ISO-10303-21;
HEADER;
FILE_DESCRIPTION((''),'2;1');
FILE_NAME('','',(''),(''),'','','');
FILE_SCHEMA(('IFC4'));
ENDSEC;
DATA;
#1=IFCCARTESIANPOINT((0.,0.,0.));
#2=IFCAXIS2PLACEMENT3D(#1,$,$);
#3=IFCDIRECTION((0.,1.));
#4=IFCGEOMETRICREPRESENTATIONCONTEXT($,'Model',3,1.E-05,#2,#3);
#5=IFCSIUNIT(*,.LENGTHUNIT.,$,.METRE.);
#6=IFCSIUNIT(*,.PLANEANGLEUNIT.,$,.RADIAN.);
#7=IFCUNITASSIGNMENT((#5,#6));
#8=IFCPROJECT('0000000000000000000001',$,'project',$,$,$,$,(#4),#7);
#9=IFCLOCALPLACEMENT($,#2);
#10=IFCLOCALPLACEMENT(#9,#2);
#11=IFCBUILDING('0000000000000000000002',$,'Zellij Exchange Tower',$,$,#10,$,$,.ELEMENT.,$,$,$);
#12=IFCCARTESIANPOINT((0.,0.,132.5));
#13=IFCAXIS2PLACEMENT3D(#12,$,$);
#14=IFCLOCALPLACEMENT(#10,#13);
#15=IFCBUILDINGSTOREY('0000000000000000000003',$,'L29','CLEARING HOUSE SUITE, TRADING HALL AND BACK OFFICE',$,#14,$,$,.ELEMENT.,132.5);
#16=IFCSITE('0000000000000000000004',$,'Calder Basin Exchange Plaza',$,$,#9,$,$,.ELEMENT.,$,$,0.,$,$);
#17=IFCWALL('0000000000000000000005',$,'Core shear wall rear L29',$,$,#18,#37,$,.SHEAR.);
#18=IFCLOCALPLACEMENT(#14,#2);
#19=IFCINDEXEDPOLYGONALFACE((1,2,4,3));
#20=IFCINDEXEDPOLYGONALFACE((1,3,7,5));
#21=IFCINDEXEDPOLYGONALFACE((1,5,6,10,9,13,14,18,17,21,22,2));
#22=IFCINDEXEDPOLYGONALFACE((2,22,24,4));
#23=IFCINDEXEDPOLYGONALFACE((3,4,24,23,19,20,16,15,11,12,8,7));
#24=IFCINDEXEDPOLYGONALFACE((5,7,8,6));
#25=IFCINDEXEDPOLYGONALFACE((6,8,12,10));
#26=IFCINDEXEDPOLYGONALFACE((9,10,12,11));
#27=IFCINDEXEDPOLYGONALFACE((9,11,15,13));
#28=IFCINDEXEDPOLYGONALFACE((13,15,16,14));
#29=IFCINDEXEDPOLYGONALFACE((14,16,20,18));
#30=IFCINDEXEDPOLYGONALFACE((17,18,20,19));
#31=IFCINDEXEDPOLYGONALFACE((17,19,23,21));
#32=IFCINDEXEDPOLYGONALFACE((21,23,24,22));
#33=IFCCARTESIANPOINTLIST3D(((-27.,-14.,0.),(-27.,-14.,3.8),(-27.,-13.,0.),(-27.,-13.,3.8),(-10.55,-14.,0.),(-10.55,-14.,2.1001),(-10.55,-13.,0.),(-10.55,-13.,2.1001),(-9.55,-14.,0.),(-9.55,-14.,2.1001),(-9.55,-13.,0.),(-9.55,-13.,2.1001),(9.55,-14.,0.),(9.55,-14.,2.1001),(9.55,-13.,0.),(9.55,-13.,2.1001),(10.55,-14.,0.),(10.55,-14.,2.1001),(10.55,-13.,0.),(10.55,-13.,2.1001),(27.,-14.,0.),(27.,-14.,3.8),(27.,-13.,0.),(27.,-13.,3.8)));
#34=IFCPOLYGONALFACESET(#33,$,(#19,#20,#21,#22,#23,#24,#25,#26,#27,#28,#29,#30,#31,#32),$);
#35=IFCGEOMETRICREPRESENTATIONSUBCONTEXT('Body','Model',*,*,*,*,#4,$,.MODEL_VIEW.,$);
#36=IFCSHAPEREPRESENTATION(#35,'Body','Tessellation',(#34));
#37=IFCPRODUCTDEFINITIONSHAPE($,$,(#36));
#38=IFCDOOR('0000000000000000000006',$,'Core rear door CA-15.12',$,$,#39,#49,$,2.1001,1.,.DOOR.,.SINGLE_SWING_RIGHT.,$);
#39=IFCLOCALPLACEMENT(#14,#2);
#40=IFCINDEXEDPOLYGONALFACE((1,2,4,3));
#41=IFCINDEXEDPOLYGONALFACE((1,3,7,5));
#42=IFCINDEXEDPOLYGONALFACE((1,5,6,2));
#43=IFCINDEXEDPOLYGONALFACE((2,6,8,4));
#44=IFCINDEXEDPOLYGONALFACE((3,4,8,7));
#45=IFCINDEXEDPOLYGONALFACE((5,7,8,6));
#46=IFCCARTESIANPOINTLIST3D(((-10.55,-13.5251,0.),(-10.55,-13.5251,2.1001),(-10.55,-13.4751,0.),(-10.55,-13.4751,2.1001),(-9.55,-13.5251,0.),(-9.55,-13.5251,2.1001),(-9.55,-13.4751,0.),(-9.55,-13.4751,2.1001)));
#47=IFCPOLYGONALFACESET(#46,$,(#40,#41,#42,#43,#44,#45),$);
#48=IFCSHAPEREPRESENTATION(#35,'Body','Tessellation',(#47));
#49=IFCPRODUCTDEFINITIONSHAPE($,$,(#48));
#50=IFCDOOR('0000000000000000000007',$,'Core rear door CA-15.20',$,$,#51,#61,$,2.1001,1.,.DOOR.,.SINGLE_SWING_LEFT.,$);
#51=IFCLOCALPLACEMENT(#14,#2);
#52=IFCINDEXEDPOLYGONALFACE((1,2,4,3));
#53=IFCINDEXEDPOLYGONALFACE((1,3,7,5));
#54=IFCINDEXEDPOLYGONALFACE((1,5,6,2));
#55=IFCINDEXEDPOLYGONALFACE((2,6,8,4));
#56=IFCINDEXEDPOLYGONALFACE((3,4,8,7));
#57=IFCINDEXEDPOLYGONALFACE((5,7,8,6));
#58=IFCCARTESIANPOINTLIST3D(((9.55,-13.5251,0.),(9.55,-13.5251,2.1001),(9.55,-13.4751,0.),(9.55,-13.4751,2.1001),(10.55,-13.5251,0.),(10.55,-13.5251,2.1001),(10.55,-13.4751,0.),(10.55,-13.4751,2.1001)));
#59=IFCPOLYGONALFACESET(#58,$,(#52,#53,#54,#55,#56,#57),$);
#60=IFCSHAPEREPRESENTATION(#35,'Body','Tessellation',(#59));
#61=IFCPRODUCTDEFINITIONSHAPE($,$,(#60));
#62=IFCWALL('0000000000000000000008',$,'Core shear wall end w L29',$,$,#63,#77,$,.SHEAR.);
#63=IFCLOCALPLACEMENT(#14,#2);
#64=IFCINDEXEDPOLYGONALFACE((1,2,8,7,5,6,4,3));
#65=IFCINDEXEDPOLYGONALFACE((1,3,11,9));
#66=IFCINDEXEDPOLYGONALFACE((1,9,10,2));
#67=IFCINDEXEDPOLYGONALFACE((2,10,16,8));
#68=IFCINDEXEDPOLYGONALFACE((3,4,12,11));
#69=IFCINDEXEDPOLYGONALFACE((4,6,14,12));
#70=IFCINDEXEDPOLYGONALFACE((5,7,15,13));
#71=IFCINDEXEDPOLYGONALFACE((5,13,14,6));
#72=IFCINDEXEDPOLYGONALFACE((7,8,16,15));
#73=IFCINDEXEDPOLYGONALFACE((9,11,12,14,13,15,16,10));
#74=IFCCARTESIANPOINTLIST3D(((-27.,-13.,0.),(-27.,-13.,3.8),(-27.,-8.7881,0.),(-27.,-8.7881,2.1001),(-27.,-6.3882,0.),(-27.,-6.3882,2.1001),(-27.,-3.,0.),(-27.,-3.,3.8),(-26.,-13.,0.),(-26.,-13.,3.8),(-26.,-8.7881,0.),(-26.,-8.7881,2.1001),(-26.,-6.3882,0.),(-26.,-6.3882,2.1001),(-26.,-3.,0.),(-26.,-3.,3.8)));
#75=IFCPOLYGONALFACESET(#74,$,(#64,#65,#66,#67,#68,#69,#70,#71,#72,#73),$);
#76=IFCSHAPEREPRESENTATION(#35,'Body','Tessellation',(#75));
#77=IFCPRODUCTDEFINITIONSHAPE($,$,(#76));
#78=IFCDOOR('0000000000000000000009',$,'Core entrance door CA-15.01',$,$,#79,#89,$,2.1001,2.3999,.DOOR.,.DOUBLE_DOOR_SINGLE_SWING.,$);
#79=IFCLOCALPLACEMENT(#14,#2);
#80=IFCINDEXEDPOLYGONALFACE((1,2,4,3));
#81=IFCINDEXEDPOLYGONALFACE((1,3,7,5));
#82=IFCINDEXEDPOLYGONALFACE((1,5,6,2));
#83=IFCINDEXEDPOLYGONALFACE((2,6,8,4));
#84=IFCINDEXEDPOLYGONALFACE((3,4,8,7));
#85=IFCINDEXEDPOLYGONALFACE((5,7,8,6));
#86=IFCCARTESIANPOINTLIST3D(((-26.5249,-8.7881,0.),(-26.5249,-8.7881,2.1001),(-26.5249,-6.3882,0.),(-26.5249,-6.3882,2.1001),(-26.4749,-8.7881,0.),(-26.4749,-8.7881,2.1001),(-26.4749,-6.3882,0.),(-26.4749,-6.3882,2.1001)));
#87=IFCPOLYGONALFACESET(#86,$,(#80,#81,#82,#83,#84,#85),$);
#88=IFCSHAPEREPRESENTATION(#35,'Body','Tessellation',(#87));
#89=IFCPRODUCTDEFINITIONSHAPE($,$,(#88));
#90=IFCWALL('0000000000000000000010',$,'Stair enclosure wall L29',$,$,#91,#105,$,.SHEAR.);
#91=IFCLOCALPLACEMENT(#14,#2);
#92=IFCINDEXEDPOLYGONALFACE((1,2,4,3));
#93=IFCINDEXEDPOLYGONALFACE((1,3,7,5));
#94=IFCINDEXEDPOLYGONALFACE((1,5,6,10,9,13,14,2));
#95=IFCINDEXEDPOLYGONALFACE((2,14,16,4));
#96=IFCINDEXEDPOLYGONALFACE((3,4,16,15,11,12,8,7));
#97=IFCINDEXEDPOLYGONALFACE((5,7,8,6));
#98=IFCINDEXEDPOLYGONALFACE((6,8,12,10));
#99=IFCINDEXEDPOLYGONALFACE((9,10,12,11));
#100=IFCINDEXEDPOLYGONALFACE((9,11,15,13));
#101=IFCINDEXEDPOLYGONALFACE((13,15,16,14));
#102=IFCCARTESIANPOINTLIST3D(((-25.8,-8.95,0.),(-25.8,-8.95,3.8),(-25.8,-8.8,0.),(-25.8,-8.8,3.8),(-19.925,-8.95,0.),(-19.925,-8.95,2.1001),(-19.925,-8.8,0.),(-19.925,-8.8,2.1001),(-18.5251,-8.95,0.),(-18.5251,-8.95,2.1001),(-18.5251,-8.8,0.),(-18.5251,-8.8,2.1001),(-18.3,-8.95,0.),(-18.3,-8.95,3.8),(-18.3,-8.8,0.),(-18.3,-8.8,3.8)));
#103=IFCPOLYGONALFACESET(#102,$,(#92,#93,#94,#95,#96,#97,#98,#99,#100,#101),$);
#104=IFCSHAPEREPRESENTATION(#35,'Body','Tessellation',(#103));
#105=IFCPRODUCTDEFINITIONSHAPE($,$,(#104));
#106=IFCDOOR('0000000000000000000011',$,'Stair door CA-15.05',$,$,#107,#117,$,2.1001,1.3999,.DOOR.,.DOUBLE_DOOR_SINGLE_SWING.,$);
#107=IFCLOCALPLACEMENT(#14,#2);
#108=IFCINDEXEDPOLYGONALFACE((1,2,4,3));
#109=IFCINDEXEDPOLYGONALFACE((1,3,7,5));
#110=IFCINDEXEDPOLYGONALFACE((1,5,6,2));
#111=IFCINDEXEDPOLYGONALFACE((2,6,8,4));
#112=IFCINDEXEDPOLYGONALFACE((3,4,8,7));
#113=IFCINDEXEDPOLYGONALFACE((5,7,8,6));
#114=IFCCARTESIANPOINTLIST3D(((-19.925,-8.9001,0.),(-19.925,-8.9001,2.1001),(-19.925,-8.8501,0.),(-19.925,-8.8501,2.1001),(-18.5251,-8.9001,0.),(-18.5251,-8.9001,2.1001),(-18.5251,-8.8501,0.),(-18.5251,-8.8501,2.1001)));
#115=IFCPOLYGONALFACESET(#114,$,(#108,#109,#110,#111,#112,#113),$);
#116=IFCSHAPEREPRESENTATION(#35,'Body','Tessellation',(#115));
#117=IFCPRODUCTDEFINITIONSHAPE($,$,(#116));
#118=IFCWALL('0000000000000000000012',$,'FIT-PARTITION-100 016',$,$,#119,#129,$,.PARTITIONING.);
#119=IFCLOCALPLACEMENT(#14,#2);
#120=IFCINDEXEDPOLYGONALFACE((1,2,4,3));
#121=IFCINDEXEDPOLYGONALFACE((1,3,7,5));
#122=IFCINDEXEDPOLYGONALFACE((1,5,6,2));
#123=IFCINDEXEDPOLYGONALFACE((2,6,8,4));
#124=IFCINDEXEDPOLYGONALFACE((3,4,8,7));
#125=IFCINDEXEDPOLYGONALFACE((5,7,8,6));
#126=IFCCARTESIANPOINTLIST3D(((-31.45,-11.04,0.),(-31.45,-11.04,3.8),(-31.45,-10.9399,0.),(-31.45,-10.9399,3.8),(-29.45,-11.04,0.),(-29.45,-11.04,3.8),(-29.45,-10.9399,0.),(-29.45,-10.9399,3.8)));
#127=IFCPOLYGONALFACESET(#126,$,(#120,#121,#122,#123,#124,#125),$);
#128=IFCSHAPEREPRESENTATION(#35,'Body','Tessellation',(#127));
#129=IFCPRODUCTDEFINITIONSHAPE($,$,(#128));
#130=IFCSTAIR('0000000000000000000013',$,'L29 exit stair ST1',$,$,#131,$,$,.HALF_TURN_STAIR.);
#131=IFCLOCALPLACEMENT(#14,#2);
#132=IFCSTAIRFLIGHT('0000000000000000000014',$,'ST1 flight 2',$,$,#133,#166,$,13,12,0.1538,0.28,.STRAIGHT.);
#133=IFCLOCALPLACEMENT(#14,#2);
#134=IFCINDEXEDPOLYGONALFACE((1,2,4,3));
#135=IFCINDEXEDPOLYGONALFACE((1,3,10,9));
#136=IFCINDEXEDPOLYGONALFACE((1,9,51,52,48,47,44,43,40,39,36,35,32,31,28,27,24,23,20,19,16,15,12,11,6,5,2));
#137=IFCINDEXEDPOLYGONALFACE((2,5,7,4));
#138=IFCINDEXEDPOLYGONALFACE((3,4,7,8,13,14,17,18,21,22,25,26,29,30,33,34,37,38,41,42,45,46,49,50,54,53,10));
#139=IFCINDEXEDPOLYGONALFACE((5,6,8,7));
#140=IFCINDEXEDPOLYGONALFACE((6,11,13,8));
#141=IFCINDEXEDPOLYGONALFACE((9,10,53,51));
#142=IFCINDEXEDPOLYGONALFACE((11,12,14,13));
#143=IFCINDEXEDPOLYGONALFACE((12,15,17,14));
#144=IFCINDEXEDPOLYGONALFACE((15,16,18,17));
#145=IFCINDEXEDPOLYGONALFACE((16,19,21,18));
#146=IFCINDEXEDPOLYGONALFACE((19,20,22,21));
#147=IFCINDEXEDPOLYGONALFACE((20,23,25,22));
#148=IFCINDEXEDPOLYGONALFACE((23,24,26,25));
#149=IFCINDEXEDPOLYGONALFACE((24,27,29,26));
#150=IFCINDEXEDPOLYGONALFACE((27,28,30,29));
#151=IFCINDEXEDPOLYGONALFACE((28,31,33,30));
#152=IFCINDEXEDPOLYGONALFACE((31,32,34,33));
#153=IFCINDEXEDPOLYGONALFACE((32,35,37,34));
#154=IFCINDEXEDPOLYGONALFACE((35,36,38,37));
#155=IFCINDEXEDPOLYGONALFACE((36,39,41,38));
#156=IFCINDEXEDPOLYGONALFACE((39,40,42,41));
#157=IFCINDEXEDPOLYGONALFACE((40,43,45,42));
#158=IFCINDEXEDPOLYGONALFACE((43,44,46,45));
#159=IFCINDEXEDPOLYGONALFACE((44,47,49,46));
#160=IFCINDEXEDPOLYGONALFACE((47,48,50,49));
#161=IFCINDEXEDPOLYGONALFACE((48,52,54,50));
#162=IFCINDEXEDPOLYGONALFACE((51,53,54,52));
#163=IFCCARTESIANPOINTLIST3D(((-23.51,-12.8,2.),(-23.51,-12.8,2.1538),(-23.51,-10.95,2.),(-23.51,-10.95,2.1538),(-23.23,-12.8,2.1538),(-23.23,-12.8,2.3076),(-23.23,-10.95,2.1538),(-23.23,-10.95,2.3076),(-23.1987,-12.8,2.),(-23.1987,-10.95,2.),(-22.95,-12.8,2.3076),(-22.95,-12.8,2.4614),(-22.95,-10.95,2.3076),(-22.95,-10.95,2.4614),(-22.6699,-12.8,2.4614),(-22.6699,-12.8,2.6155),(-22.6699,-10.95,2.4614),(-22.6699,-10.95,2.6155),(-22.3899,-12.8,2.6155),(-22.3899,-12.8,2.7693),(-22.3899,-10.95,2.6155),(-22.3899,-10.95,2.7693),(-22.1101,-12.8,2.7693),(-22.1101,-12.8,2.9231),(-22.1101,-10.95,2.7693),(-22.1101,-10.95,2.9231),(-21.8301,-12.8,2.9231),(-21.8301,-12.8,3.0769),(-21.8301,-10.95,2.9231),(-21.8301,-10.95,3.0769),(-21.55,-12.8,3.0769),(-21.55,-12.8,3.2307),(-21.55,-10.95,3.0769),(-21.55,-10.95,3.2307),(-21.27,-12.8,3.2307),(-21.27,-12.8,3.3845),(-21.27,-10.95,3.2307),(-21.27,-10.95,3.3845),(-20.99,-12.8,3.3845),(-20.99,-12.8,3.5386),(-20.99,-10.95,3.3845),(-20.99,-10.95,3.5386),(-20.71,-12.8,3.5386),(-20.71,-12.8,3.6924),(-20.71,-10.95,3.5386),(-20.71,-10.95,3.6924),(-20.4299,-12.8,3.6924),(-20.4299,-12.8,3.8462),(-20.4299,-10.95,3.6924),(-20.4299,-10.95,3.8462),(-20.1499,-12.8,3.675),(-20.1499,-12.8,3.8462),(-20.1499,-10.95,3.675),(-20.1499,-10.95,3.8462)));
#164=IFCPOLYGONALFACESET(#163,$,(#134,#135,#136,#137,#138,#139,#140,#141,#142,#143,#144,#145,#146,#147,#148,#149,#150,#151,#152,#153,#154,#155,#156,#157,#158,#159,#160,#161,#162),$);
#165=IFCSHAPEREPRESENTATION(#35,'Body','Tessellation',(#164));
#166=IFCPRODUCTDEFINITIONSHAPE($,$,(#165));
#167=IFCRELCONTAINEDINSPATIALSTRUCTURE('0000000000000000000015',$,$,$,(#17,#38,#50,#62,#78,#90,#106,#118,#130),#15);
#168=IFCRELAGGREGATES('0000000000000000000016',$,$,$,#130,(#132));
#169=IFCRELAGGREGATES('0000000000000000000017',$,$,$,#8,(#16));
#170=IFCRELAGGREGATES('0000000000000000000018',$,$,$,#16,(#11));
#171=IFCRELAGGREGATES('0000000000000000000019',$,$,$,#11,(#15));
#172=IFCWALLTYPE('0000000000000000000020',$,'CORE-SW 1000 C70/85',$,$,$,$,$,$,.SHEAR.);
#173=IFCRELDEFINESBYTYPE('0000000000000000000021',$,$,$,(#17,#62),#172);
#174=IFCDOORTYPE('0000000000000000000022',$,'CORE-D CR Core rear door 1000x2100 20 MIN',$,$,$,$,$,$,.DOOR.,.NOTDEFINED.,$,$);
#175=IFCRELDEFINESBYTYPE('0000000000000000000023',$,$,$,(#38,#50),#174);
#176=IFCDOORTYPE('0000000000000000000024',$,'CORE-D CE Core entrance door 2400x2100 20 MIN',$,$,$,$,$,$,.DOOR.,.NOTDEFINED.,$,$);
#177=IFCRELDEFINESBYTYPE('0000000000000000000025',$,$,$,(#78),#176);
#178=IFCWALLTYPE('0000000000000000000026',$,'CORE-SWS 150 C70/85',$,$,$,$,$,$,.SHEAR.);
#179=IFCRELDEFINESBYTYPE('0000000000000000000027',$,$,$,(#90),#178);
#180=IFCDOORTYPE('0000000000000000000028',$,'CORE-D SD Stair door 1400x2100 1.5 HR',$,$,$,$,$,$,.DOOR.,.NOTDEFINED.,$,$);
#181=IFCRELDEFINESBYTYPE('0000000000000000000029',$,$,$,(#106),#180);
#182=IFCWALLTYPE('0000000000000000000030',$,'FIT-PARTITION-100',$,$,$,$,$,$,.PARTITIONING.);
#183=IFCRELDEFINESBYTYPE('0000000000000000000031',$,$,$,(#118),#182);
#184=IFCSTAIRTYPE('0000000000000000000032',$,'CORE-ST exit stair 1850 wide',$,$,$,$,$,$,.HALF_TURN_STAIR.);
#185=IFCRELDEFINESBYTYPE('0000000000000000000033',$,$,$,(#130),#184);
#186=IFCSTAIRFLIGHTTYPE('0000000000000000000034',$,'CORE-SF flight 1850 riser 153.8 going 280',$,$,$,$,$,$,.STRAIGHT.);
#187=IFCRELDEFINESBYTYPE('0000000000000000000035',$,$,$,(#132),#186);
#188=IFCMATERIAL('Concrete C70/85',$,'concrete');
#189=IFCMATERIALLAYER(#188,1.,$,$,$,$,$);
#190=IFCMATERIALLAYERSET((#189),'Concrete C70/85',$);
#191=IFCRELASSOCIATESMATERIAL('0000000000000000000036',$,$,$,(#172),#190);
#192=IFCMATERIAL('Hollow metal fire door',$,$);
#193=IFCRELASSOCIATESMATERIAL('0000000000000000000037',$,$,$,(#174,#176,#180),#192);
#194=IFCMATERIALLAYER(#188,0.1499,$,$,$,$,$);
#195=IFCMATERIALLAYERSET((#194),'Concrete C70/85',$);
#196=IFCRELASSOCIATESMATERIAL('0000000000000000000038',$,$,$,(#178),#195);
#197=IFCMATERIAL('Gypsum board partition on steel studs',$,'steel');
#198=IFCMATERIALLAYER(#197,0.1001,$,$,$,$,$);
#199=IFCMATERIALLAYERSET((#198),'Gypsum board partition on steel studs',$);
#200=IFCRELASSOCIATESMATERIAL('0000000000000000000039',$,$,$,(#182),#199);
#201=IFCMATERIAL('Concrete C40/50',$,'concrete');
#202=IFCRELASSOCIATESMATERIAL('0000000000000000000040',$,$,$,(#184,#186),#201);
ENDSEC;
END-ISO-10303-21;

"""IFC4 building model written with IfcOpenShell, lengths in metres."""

from ifc_helpers import new_model, si_unit, direction, frame, frame_2d, origin, place, context, subcontext, project, spatial, polyline, rectangle, outline, extrude, material, layer, layer_set, type_object, element, fill, aggregate, save


model = new_model("IFC4")

# Units and contexts
model_context = context("Model", 3, precision=1e-05, world=origin(), true_north=direction((0.0, 1.0)))
body_context = subcontext(model_context, "Body", "Model", "MODEL_VIEW")
ifc_project = project(units=[si_unit("LENGTHUNIT", "METRE"), si_unit("PLANEANGLEUNIT", "RADIAN")], contexts=[model_context])

# Site, building, storey
site_placement = place(None, origin())
site = spatial("IfcSite", under=ifc_project, at=site_placement, Name="Calder Basin Exchange Plaza", CompositionType="ELEMENT", RefElevation=0.0)
building_placement = place(site_placement, origin())
building = spatial("IfcBuilding", under=site, at=building_placement, Name="Zellij Exchange Tower", CompositionType="ELEMENT")
storey_placement = place(building_placement, frame((0.0, 0.0, 132.5)))
storey = spatial("IfcBuildingStorey", under=building, at=storey_placement, Name="L29", Description="CLEARING HOUSE SUITE, TRADING HALL AND BACK OFFICE", CompositionType="ELEMENT", Elevation=132.5)

# Wall, openings, doors
ifc_material_1 = material(Name="Hollow metal fire door")
ifc_material_2 = material(Name="Concrete C70/85", Category="concrete")
ifc_layer_1 = layer(ifc_material_2, 1.0)
ifc_layer_set_1 = layer_set([ifc_layer_1], Name="Concrete C70/85")
wall_type_1 = type_object("IfcWallType", Name="CORE-SW 1000 C70/85", PredefinedType="SHEAR", material=ifc_layer_set_1)
wall_1_placement = place(storey_placement, frame((-27.0, -13.5, 0.0), z_axis=(0.0, 0.0, 1.0), x_axis=(1.0, 0.0, 0.0)))
wall_1 = element("IfcWall", 1, at=wall_1_placement, inside=storey, type_object=wall_type_1, Name="Core shear wall rear L29", PredefinedType="SHEAR", context=body_context, shape_type="SweptSolid", body=[
    extrude(rectangle(XDim=54.0, YDim=1.0, at=frame_2d((27.0, 0.0))), origin(), (0.0, 0.0, 1.0), 3.8),
])
opening_1_placement = place(wall_1_placement, frame((16.45, 0.0, 0.0)))
opening_1 = element("IfcOpeningElement", 2, at=opening_1_placement, cuts=wall_1, PredefinedType="OPENING", context=body_context, shape_type="SweptSolid", body=[
    extrude(rectangle(XDim=1.0, YDim=2.1001, at=frame_2d((0.5, 1.05))), frame((0.0, 0.512, 0.0), z_axis=(0.0, -1.0, 0.0), x_axis=(1.0, 0.0, 0.0)), (0.0, 0.0, 1.0), 1.0239),
])
opening_2_placement = place(wall_1_placement, frame((36.55, 0.0, 0.0)))
opening_2 = element("IfcOpeningElement", 3, at=opening_2_placement, cuts=wall_1, PredefinedType="OPENING", context=body_context, shape_type="SweptSolid", body=[
    extrude(rectangle(XDim=1.0, YDim=2.1001, at=frame_2d((0.5, 1.05))), frame((0.0, 0.512, 0.0), z_axis=(0.0, -1.0, 0.0), x_axis=(1.0, 0.0, 0.0)), (0.0, 0.0, 1.0), 1.0239),
])
door_type_1 = type_object("IfcDoorType", Name="CORE-D CR Core rear door 1000x2100 20 MIN", OperationType="NOTDEFINED", PredefinedType="DOOR", material=ifc_material_1)
door_1_placement = place(opening_1_placement, origin())
door_1 = element("IfcDoor", 4, at=door_1_placement, inside=storey, type_object=door_type_1, Name="Core rear door CA-15.12", OperationType="SINGLE_SWING_RIGHT", OverallHeight=2.1001, OverallWidth=1.0, PredefinedType="DOOR", context=body_context, shape_type="SweptSolid", body=[
    extrude(rectangle(XDim=1.0, YDim=2.1001, at=frame_2d((0.5, 1.05))), frame((0.0, 0.0249, 0.0), z_axis=(0.0, -1.0, 0.0), x_axis=(1.0, 0.0, 0.0)), (0.0, 0.0, 1.0), 0.05),
])
fill(opening_1, door_1)
door_2_placement = place(opening_2_placement, origin())
door_2 = element("IfcDoor", 5, at=door_2_placement, inside=storey, type_object=door_type_1, Name="Core rear door CA-15.20", OperationType="SINGLE_SWING_LEFT", OverallHeight=2.1001, OverallWidth=1.0, PredefinedType="DOOR", context=body_context, shape_type="SweptSolid", body=[
    extrude(rectangle(XDim=1.0, YDim=2.1001, at=frame_2d((0.5, 1.05))), frame((0.0, 0.0249, 0.0), z_axis=(0.0, -1.0, 0.0), x_axis=(1.0, 0.0, 0.0)), (0.0, 0.0, 1.0), 0.05),
])
fill(opening_2, door_2)

# Walls, openings, doors
wall_2_placement = place(storey_placement, frame((-26.5, -13.0, 0.0), z_axis=(0.0, 0.0, 1.0), x_axis=(0.0, 1.0, 0.0)))
wall_2 = element("IfcWall", 6, at=wall_2_placement, inside=storey, type_object=wall_type_1, Name="Core shear wall end w L29", PredefinedType="SHEAR", context=body_context, shape_type="SweptSolid", body=[
    extrude(rectangle(XDim=10.0, YDim=1.0, at=frame_2d((5.0, 0.0))), origin(), (0.0, 0.0, 1.0), 3.8),
])
opening_3_placement = place(wall_2_placement, frame((4.2119, 0.0, 0.0)))
opening_3 = element("IfcOpeningElement", 7, at=opening_3_placement, cuts=wall_2, PredefinedType="OPENING", context=body_context, shape_type="SweptSolid", body=[
    extrude(rectangle(XDim=2.3999, YDim=2.1001, at=frame_2d((1.2, 1.05))), frame((0.0, 0.512, 0.0), z_axis=(0.0, -1.0, 0.0), x_axis=(1.0, 0.0, 0.0)), (0.0, 0.0, 1.0), 1.0239),
])
door_type_2 = type_object("IfcDoorType", Name="CORE-D CE Core entrance door 2400x2100 20 MIN", OperationType="NOTDEFINED", PredefinedType="DOOR", material=ifc_material_1)
door_3_placement = place(opening_3_placement, origin())
door_3 = element("IfcDoor", 8, at=door_3_placement, inside=storey, type_object=door_type_2, Name="Core entrance door CA-15.01", OperationType="DOUBLE_DOOR_SINGLE_SWING", OverallHeight=2.1001, OverallWidth=2.3999, PredefinedType="DOOR", context=body_context, shape_type="SweptSolid", body=[
    extrude(rectangle(XDim=2.3999, YDim=2.1001, at=frame_2d((1.2, 1.05))), frame((0.0, 0.0249, 0.0), z_axis=(0.0, -1.0, 0.0), x_axis=(1.0, 0.0, 0.0)), (0.0, 0.0, 1.0), 0.05),
])
fill(opening_3, door_3)
ifc_layer_2 = layer(ifc_material_2, 0.1499)
ifc_layer_set_2 = layer_set([ifc_layer_2], Name="Concrete C70/85")
wall_type_2 = type_object("IfcWallType", Name="CORE-SWS 150 C70/85", PredefinedType="SHEAR", material=ifc_layer_set_2)
wall_3_placement = place(storey_placement, frame((-25.8, -8.875, 0.0), z_axis=(0.0, 0.0, 1.0), x_axis=(1.0, 0.0, 0.0)))
wall_3 = element("IfcWall", 9, at=wall_3_placement, inside=storey, type_object=wall_type_2, Name="Stair enclosure wall L29", PredefinedType="SHEAR", context=body_context, shape_type="SweptSolid", body=[
    extrude(rectangle(XDim=7.5, YDim=0.1499, at=frame_2d((3.75, 0.0))), origin(), (0.0, 0.0, 1.0), 3.8),
])
opening_4_placement = place(wall_3_placement, frame((5.875, 0.0, 0.0)))
opening_4 = element("IfcOpeningElement", 10, at=opening_4_placement, cuts=wall_3, PredefinedType="OPENING", context=body_context, shape_type="SweptSolid", body=[
    extrude(rectangle(XDim=1.3999, YDim=2.1001, at=frame_2d((0.7, 1.05))), frame((0.0, 0.0869, 0.0), z_axis=(0.0, -1.0, 0.0), x_axis=(1.0, 0.0, 0.0)), (0.0, 0.0, 1.0), 0.1738),
])
door_type_3 = type_object("IfcDoorType", Name="CORE-D SD Stair door 1400x2100 1.5 HR", OperationType="NOTDEFINED", PredefinedType="DOOR", material=ifc_material_1)
door_4_placement = place(opening_4_placement, origin())
door_4 = element("IfcDoor", 11, at=door_4_placement, inside=storey, type_object=door_type_3, Name="Stair door CA-15.05", OperationType="DOUBLE_DOOR_SINGLE_SWING", OverallHeight=2.1001, OverallWidth=1.3999, PredefinedType="DOOR", context=body_context, shape_type="SweptSolid", body=[
    extrude(rectangle(XDim=1.3999, YDim=2.1001, at=frame_2d((0.7, 1.05))), frame((0.0, 0.0249, 0.0), z_axis=(0.0, -1.0, 0.0), x_axis=(1.0, 0.0, 0.0)), (0.0, 0.0, 1.0), 0.05),
])
fill(opening_4, door_4)

# Wall
ifc_material_3 = material(Name="Gypsum board partition on steel studs", Category="steel")
ifc_layer_3 = layer(ifc_material_3, 0.1001)
ifc_layer_set_3 = layer_set([ifc_layer_3], Name="Gypsum board partition on steel studs")
wall_type_3 = type_object("IfcWallType", Name="FIT-PARTITION-100", PredefinedType="PARTITIONING", material=ifc_layer_set_3)
wall_4_placement = place(storey_placement, frame((-31.45, -10.99, 0.0), z_axis=(0.0, 0.0, 1.0), x_axis=(1.0, 0.0, 0.0)))
element("IfcWall", 12, at=wall_4_placement, inside=storey, type_object=wall_type_3, Name="FIT-PARTITION-100 016", PredefinedType="PARTITIONING", context=body_context, shape_type="SweptSolid", body=[
    extrude(rectangle(XDim=2.0, YDim=0.1001, at=frame_2d((1.0, 0.0))), origin(), (0.0, 0.0, 1.0), 3.8),
])

# Stair, stair flight
ifc_material_4 = material(Name="Concrete C40/50", Category="concrete")
stair_type = type_object("IfcStairType", Name="CORE-ST exit stair 1850 wide", PredefinedType="HALF_TURN_STAIR", material=ifc_material_4)
stair_placement = place(storey_placement, origin())
stair = element("IfcStair", 13, at=stair_placement, inside=storey, type_object=stair_type, Name="L29 exit stair ST1", PredefinedType="HALF_TURN_STAIR")
stair_flight_type = type_object("IfcStairFlightType", Name="CORE-SF flight 1850 riser 153.8 going 280", PredefinedType="STRAIGHT", material=ifc_material_4)
stair_flight_placement = place(storey_placement, frame((-23.51, -11.875, 2.0), z_axis=(0.0, 0.0, 1.0), x_axis=(1.0, 0.0, 0.0)))
stair_flight = element("IfcStairFlight", 14, at=stair_flight_placement, type_object=stair_flight_type, Name="ST1 flight 2", NumberOfRisers=13, NumberOfTreads=12, PredefinedType="STRAIGHT", RiserHeight=0.1538, TreadLength=0.28, context=body_context, shape_type="SweptSolid", body=[
    extrude(outline(polyline([(0.0, 0.0), (0.0, 0.1538), (0.28, 0.1538), (0.28, 0.3076), (0.5601, 0.3076), (0.5601, 0.4614), (0.8401, 0.4614), (0.8401, 0.6155), (1.1201, 0.6155), (1.1201, 0.7693), (1.3999, 0.7693), (1.3999, 0.9231), (1.6799, 0.9231), (1.6799, 1.0769), (1.96, 1.0769), (1.96, 1.2307), (2.24, 1.2307), (2.24, 1.3845), (2.52, 1.3845), (2.52, 1.5386), (2.8, 1.5386), (2.8, 1.6924), (3.0801, 1.6924), (3.0801, 1.8462), (3.3601, 1.8462), (3.3601, 2.0), (3.3601, 1.675), (0.3113, 0.0), (0.0, 0.0)])), frame((0.0, 0.925, 0.0), z_axis=(0.0, -1.0, 0.0), x_axis=(1.0, 0.0, 0.0)), (0.0, 0.0, 1.0), 1.8501),
])
aggregate(stair, [stair_flight])

save(model, "model.ifc")
